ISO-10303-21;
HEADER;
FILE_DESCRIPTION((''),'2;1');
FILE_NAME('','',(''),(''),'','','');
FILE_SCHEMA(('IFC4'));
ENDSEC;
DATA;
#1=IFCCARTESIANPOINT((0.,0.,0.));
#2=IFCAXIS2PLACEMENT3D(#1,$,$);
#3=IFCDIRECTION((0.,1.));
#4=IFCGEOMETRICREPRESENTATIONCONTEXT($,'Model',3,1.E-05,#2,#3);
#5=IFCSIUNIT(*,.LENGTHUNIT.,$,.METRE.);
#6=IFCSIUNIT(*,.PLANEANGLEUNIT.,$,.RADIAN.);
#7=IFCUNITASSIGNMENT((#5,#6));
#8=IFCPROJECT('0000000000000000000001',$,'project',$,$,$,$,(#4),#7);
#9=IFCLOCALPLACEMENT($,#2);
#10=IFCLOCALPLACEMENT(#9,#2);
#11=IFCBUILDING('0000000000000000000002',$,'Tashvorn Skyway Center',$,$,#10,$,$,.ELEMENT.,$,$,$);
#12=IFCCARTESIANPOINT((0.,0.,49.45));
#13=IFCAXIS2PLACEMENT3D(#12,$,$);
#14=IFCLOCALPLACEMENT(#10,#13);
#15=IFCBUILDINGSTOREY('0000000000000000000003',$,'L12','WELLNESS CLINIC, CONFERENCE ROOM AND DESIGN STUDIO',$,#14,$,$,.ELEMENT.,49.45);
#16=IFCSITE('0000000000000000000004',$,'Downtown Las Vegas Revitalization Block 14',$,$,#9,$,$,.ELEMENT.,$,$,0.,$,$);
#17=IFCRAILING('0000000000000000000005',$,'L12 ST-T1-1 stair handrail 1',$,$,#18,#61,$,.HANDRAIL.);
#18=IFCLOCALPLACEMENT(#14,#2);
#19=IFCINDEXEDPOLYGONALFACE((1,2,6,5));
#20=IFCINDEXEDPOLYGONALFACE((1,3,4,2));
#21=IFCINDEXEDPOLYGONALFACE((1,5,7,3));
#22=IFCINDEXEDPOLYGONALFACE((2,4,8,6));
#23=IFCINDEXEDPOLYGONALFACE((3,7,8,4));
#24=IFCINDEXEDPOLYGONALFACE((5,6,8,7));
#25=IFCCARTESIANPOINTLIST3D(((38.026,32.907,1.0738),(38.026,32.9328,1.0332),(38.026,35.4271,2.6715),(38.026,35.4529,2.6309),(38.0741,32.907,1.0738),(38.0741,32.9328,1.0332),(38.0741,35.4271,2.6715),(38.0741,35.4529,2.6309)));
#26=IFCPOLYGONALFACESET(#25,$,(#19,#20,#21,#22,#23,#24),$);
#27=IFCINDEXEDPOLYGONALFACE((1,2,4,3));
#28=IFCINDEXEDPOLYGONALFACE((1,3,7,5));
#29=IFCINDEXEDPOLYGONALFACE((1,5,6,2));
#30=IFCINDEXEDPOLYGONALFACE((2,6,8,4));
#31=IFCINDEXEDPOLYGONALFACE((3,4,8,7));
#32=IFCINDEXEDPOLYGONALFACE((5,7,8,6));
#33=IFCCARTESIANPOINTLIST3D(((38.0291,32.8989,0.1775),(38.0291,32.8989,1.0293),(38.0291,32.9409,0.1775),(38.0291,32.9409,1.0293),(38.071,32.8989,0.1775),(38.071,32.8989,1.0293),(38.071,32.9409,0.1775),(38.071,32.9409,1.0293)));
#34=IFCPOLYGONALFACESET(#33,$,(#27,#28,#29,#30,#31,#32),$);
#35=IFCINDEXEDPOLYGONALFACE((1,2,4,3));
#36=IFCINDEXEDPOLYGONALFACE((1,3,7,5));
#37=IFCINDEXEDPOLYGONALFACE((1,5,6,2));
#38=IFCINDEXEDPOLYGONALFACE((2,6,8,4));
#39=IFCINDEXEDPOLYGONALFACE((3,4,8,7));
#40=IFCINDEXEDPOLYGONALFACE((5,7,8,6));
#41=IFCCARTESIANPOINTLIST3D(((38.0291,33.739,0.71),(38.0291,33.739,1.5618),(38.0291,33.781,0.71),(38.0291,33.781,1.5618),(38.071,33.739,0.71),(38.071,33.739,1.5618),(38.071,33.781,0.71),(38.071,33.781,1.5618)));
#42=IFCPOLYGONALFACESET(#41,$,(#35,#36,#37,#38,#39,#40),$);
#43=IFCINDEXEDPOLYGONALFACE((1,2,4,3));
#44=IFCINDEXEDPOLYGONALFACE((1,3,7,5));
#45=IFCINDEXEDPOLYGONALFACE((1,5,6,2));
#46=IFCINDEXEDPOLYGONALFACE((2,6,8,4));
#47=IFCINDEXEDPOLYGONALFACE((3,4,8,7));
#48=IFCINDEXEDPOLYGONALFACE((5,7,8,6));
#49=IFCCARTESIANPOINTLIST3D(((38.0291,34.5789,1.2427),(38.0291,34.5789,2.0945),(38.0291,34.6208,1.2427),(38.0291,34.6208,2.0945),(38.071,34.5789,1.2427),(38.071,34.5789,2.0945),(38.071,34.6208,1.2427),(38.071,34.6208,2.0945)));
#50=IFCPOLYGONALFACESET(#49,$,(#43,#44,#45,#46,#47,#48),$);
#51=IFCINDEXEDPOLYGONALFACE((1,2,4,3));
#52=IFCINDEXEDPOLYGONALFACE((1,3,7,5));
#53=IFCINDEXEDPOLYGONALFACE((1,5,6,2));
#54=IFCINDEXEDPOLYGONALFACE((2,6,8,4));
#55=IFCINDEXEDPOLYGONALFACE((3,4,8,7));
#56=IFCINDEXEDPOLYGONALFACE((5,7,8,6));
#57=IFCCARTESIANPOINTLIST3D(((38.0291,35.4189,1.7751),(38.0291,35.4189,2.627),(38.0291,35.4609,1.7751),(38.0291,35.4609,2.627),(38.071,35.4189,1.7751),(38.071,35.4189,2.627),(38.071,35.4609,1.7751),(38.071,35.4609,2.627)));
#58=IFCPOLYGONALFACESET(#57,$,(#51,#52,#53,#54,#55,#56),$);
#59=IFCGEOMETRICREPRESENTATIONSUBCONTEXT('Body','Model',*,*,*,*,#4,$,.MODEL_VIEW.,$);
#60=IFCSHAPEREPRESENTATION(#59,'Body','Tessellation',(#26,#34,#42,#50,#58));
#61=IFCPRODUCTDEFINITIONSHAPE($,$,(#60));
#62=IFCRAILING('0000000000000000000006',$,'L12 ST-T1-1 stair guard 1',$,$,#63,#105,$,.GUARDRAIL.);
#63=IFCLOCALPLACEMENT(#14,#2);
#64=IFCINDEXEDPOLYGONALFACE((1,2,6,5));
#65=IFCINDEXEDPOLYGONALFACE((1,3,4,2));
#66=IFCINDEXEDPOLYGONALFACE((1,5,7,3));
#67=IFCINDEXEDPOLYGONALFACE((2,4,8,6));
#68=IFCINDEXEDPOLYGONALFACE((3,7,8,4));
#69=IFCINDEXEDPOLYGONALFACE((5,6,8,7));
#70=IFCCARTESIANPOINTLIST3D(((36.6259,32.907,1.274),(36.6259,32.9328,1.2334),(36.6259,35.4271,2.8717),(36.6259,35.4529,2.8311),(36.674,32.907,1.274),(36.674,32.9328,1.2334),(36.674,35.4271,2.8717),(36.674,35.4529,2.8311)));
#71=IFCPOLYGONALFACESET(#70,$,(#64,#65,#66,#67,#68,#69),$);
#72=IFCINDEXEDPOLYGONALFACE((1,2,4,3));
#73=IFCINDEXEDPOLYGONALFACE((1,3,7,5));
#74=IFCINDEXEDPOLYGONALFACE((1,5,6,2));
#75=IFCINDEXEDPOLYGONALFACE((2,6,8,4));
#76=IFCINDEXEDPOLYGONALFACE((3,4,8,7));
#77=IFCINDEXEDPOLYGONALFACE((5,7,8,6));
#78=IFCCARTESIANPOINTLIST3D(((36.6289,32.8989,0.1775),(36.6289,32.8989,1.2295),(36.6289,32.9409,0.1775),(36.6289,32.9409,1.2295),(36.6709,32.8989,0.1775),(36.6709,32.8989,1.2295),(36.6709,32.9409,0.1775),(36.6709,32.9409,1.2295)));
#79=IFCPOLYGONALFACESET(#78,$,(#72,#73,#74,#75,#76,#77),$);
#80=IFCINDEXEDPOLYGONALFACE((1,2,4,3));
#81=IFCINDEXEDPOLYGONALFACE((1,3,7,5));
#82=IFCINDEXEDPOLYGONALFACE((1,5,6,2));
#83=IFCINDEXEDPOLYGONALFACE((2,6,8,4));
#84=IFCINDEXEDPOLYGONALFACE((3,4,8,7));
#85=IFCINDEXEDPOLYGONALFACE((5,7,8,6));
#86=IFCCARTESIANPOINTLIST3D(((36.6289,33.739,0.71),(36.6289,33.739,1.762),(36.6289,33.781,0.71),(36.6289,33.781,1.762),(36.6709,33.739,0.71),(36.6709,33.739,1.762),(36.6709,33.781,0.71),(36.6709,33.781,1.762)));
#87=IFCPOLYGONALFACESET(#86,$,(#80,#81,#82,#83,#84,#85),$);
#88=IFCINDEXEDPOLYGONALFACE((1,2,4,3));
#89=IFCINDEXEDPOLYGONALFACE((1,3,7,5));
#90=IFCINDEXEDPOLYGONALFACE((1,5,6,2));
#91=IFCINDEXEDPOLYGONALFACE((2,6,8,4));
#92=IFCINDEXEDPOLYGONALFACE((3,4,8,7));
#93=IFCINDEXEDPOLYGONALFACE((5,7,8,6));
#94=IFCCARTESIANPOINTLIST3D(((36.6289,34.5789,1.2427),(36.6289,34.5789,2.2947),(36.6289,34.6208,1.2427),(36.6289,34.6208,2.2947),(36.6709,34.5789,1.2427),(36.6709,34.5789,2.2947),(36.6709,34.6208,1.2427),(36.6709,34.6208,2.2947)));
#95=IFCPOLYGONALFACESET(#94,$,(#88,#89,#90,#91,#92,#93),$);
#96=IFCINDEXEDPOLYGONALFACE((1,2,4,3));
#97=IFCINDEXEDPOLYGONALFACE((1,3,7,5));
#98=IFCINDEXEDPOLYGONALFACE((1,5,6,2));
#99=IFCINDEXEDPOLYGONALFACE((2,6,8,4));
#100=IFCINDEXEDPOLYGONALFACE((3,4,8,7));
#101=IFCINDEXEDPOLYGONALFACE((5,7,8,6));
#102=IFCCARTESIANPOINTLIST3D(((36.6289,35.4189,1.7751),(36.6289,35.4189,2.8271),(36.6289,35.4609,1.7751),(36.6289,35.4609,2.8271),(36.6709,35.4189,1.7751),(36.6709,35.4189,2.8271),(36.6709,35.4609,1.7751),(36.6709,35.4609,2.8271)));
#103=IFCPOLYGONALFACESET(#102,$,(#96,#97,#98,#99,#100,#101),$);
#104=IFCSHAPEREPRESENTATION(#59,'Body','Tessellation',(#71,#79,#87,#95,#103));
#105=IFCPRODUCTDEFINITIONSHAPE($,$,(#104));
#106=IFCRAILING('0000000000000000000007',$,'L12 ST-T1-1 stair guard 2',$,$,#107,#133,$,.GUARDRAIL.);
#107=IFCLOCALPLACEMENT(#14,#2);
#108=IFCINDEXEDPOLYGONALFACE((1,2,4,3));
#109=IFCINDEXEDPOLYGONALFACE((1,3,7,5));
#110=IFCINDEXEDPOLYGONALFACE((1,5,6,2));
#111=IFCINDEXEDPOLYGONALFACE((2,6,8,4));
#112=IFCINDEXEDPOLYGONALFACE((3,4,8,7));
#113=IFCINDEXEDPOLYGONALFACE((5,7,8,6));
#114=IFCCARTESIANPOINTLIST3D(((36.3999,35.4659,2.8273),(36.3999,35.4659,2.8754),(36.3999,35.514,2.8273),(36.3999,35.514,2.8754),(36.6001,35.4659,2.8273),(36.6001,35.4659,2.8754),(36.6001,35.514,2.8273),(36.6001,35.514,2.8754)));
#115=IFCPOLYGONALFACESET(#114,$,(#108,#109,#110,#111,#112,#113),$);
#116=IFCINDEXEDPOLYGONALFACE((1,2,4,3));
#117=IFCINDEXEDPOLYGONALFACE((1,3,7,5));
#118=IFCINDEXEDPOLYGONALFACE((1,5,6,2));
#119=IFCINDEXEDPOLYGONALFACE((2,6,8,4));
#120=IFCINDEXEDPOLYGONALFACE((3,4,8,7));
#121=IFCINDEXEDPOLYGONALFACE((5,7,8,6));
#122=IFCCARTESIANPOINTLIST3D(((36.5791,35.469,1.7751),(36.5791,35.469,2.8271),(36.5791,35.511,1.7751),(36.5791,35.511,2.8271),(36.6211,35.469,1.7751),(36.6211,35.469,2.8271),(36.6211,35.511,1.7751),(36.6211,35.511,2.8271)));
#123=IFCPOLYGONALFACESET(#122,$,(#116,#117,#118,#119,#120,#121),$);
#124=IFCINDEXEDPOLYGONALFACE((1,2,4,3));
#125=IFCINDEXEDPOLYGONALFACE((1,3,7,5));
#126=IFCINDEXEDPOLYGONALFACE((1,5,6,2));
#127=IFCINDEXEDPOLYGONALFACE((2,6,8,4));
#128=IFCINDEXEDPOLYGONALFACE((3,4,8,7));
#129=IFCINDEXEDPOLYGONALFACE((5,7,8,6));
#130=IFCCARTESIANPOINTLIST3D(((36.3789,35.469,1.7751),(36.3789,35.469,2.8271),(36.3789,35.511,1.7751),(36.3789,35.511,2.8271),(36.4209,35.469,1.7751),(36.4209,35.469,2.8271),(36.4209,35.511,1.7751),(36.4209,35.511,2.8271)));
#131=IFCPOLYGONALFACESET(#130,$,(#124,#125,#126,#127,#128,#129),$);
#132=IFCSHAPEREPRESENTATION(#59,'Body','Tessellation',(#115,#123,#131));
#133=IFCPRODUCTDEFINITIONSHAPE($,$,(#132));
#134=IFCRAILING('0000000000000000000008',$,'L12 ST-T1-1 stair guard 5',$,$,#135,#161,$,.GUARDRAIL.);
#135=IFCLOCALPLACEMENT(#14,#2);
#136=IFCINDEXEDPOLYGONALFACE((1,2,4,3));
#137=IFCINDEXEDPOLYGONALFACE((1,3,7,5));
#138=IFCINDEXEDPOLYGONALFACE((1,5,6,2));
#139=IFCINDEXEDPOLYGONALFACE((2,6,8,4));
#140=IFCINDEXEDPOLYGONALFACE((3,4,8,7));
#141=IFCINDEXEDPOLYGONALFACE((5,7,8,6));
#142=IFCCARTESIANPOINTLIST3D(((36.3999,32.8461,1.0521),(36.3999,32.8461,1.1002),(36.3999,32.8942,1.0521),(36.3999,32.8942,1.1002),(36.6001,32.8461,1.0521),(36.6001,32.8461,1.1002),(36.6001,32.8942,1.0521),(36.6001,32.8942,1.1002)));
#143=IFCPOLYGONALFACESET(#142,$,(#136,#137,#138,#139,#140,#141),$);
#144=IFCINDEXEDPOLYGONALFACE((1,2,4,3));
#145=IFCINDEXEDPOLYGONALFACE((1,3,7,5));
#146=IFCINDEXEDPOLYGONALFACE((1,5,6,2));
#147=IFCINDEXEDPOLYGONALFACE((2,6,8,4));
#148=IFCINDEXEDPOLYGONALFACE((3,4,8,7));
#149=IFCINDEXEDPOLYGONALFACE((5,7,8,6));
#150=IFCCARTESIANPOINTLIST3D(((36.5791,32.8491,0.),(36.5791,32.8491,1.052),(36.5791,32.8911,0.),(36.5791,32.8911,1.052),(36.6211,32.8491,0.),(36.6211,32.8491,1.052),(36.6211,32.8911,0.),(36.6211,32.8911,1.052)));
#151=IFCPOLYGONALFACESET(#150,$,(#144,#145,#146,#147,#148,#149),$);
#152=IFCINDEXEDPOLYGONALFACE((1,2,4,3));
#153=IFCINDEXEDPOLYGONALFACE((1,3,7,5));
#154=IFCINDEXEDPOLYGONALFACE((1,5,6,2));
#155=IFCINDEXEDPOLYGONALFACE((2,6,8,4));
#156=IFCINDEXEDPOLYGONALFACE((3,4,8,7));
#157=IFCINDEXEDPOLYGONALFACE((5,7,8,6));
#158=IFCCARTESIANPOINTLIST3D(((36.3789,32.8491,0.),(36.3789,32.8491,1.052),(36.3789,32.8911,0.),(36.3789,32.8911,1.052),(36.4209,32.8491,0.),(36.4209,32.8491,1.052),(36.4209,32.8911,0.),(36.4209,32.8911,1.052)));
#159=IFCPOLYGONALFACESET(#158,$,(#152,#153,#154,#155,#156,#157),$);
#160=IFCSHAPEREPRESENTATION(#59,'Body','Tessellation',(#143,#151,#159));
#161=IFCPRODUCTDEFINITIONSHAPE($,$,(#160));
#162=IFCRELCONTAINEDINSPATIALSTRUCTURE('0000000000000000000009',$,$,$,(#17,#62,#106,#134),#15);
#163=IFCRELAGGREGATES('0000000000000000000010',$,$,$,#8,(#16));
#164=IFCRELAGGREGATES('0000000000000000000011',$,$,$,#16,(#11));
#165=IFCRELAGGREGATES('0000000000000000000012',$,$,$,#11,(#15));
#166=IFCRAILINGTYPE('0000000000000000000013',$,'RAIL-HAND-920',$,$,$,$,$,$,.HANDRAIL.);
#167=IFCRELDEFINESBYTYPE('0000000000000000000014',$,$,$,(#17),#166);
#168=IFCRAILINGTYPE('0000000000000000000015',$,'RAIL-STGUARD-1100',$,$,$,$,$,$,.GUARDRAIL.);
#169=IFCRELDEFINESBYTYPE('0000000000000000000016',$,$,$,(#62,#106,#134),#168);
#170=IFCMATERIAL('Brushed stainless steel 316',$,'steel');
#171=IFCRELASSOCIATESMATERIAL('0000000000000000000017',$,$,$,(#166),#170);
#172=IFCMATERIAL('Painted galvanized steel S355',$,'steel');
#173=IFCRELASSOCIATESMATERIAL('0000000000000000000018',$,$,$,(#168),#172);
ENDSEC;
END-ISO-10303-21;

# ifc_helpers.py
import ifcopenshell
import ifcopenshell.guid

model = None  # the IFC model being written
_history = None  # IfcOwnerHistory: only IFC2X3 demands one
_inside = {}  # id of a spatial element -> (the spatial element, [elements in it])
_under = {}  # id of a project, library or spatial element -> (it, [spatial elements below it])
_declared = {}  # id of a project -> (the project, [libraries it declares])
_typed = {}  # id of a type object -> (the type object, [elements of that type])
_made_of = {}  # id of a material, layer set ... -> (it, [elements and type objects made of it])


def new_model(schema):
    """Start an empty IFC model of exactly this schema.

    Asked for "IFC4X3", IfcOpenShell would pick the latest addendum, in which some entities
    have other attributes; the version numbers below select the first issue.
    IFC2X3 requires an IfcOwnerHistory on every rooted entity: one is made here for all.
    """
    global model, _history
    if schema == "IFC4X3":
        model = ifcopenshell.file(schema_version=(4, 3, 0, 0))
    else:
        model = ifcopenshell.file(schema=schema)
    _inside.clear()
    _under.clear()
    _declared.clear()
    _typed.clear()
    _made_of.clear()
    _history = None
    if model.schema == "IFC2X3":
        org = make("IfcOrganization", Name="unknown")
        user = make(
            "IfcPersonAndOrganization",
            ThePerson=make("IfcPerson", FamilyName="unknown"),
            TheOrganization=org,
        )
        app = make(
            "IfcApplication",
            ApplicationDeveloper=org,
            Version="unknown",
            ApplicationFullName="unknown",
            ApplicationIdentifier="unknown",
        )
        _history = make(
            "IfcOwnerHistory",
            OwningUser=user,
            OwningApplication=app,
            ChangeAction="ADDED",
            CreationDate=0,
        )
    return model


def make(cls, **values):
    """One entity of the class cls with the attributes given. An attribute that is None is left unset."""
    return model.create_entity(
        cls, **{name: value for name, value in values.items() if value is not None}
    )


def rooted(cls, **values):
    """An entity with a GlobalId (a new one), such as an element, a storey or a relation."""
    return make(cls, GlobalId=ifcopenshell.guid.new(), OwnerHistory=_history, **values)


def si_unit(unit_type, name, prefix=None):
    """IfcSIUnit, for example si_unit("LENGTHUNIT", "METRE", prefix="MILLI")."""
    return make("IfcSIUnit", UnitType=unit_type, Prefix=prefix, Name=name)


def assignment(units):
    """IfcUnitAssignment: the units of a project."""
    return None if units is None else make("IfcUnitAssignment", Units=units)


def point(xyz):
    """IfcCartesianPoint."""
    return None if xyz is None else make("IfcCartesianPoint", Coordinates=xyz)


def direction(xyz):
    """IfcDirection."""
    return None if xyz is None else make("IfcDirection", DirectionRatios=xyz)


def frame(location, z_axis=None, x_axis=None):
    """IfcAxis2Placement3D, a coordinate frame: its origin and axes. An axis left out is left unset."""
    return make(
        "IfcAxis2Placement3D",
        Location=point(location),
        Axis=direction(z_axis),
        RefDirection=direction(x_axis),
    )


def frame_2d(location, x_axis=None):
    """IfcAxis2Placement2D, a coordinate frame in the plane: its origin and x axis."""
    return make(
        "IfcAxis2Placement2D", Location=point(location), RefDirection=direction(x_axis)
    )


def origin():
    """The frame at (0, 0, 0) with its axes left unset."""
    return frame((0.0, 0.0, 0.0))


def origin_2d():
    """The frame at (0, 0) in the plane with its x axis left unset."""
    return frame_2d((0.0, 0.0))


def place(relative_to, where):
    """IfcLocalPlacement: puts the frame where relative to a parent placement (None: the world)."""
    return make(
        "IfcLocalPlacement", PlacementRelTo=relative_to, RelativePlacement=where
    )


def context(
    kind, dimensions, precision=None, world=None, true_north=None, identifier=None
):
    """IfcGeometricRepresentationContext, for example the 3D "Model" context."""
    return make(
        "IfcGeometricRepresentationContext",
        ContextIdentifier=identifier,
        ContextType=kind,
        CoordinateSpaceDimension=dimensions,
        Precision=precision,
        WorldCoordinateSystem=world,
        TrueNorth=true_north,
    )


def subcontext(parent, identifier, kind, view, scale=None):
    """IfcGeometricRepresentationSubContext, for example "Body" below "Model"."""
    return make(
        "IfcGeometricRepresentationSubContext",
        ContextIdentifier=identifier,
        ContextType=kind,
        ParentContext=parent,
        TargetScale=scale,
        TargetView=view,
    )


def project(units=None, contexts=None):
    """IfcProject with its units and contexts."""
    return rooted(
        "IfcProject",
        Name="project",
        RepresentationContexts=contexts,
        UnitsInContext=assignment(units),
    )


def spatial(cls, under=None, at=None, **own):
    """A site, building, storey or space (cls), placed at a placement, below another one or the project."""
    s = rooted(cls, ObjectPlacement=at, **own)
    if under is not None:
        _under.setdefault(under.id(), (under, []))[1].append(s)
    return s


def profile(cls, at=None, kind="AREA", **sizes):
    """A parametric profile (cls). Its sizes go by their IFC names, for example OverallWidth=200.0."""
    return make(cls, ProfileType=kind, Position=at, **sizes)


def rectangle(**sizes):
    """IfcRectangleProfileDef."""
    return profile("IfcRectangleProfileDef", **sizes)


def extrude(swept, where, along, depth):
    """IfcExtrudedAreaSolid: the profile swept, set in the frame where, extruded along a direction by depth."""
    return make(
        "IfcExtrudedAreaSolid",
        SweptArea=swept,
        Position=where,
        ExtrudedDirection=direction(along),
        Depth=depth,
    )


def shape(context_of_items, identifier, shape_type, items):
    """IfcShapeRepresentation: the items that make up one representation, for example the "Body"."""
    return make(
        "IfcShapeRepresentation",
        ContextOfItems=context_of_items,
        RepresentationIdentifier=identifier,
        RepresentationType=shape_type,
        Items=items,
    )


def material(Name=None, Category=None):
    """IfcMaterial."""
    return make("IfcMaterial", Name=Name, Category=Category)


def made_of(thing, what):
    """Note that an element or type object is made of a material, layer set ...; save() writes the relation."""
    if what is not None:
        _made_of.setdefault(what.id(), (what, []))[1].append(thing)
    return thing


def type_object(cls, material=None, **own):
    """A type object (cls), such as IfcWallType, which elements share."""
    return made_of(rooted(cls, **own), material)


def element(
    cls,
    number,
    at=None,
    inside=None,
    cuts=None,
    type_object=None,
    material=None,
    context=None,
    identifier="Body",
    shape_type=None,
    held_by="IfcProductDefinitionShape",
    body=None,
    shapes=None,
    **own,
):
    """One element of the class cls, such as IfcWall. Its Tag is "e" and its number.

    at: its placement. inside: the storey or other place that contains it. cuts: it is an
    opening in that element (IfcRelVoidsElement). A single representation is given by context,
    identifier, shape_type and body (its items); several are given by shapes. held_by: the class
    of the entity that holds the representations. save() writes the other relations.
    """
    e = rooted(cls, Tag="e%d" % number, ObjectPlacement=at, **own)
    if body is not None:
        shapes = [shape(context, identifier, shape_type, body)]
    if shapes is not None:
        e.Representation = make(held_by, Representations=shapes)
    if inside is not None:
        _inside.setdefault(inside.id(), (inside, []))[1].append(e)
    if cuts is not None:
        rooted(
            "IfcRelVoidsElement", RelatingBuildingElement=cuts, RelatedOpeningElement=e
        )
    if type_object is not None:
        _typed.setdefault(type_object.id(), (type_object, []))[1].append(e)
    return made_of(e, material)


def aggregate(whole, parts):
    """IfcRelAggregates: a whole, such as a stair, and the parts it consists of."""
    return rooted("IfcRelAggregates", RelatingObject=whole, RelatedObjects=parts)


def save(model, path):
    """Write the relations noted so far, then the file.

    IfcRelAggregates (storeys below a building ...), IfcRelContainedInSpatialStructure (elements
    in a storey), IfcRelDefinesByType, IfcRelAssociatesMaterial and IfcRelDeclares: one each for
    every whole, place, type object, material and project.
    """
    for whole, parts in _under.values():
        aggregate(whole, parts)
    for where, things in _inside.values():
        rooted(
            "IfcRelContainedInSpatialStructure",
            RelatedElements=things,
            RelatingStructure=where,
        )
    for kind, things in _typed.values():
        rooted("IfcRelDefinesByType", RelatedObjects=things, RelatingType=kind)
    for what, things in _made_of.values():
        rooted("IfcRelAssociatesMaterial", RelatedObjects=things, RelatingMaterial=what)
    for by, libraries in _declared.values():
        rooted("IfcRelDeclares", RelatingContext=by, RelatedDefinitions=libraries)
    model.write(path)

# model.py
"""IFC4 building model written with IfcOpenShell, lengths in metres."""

from ifc_helpers import new_model, si_unit, direction, frame, origin, origin_2d, place, context, subcontext, project, spatial, rectangle, extrude, material, type_object, element, save


model = new_model("IFC4")

# Units and contexts
model_context = context("Model", 3, precision=1e-05, world=origin(), true_north=direction((0.0, 1.0)))
body_context = subcontext(model_context, "Body", "Model", "MODEL_VIEW")
ifc_project = project(units=[si_unit("LENGTHUNIT", "METRE"), si_unit("PLANEANGLEUNIT", "RADIAN")], contexts=[model_context])

# Site, building, storey
site_placement = place(None, origin())
site = spatial("IfcSite", under=ifc_project, at=site_placement, Name="Downtown Las Vegas Revitalization Block 14", CompositionType="ELEMENT", RefElevation=0.0)
building_placement = place(site_placement, origin())
building = spatial("IfcBuilding", under=site, at=building_placement, Name="Tashvorn Skyway Center", CompositionType="ELEMENT")
storey_placement = place(building_placement, frame((0.0, 0.0, 49.45)))
storey = spatial("IfcBuildingStorey", under=building, at=storey_placement, Name="L12", Description="WELLNESS CLINIC, CONFERENCE ROOM AND DESIGN STUDIO", CompositionType="ELEMENT", Elevation=49.45)

# Railings
ifc_material_1 = material(Name="Brushed stainless steel 316", Category="steel")
railing_type_1 = type_object("IfcRailingType", Name="RAIL-HAND-920", PredefinedType="HANDRAIL", material=ifc_material_1)
railing_1_placement = place(storey_placement, frame((38.05, 32.9199, 0.1775)))
element("IfcRailing", 1, at=railing_1_placement, inside=storey, type_object=railing_type_1, Name="L12 ST-T1-1 stair handrail 1", PredefinedType="HANDRAIL", context=body_context, shape_type="SweptSolid", body=[
    extrude(rectangle(XDim=0.0481, YDim=0.0481, at=origin_2d()), frame((0.0, 0.0, 0.876), z_axis=(0.0, 0.84457, 0.535445), x_axis=(-1.0, 0.0, 0.0)), (0.0, 0.0, 1.0), 2.9839),
    extrude(rectangle(XDim=0.042, YDim=0.042, at=origin_2d()), origin(), (0.0, 0.0, 1.0), 0.8518),
    extrude(rectangle(XDim=0.042, YDim=0.042, at=origin_2d()), frame((0.0, 0.8401, 0.5325)), (0.0, 0.0, 1.0), 0.8518),
    extrude(rectangle(XDim=0.042, YDim=0.042, at=origin_2d()), frame((0.0, 1.6799, 1.0652)), (0.0, 0.0, 1.0), 0.8518),
    extrude(rectangle(XDim=0.042, YDim=0.042, at=origin_2d()), frame((0.0, 2.52, 1.5977)), (0.0, 0.0, 1.0), 0.8518),
])
ifc_material_2 = material(Name="Painted galvanized steel S355", Category="steel")
railing_type_2 = type_object("IfcRailingType", Name="RAIL-STGUARD-1100", PredefinedType="GUARDRAIL", material=ifc_material_2)
railing_2_placement = place(storey_placement, frame((36.6499, 32.9199, 0.1775)))
element("IfcRailing", 2, at=railing_2_placement, inside=storey, type_object=railing_type_2, Name="L12 ST-T1-1 stair guard 1", PredefinedType="GUARDRAIL", context=body_context, shape_type="SweptSolid", body=[
    extrude(rectangle(XDim=0.0481, YDim=0.0481, at=origin_2d()), frame((0.0, 0.0, 1.0762), z_axis=(0.0, 0.84457, 0.535445), x_axis=(-1.0, 0.0, 0.0)), (0.0, 0.0, 1.0), 2.9839),
    extrude(rectangle(XDim=0.042, YDim=0.042, at=origin_2d()), origin(), (0.0, 0.0, 1.0), 1.052),
    extrude(rectangle(XDim=0.042, YDim=0.042, at=origin_2d()), frame((0.0, 0.8401, 0.5325)), (0.0, 0.0, 1.0), 1.052),
    extrude(rectangle(XDim=0.042, YDim=0.042, at=origin_2d()), frame((0.0, 1.6799, 1.0652)), (0.0, 0.0, 1.0), 1.052),
    extrude(rectangle(XDim=0.042, YDim=0.042, at=origin_2d()), frame((0.0, 2.52, 1.5977)), (0.0, 0.0, 1.0), 1.052),
])
for number, where, name in (
    (3, (36.6001, 35.49, 1.7751), "L12 ST-T1-1 stair guard 2"),
    (4, (36.6001, 32.8701, 0.0), "L12 ST-T1-1 stair guard 5"),
):
    element("IfcRailing", number, at=place(storey_placement, frame(where)), inside=storey, type_object=railing_type_2, Name=name, PredefinedType="GUARDRAIL", context=body_context, shape_type="SweptSolid", body=[
        extrude(rectangle(XDim=0.0481, YDim=0.0481, at=origin_2d()), frame((0.0, 0.0, 1.0762), z_axis=(-1.0, 0.0, 0.0), x_axis=(0.0, -1.0, 0.0)), (0.0, 0.0, 1.0), 0.2002),
        extrude(rectangle(XDim=0.042, YDim=0.042, at=origin_2d()), origin(), (0.0, 0.0, 1.0), 1.052),
        extrude(rectangle(XDim=0.042, YDim=0.042, at=origin_2d()), frame((-0.2002, 0.0, 0.0)), (0.0, 0.0, 1.0), 1.052),
    ])

save(model, "model.ifc")
